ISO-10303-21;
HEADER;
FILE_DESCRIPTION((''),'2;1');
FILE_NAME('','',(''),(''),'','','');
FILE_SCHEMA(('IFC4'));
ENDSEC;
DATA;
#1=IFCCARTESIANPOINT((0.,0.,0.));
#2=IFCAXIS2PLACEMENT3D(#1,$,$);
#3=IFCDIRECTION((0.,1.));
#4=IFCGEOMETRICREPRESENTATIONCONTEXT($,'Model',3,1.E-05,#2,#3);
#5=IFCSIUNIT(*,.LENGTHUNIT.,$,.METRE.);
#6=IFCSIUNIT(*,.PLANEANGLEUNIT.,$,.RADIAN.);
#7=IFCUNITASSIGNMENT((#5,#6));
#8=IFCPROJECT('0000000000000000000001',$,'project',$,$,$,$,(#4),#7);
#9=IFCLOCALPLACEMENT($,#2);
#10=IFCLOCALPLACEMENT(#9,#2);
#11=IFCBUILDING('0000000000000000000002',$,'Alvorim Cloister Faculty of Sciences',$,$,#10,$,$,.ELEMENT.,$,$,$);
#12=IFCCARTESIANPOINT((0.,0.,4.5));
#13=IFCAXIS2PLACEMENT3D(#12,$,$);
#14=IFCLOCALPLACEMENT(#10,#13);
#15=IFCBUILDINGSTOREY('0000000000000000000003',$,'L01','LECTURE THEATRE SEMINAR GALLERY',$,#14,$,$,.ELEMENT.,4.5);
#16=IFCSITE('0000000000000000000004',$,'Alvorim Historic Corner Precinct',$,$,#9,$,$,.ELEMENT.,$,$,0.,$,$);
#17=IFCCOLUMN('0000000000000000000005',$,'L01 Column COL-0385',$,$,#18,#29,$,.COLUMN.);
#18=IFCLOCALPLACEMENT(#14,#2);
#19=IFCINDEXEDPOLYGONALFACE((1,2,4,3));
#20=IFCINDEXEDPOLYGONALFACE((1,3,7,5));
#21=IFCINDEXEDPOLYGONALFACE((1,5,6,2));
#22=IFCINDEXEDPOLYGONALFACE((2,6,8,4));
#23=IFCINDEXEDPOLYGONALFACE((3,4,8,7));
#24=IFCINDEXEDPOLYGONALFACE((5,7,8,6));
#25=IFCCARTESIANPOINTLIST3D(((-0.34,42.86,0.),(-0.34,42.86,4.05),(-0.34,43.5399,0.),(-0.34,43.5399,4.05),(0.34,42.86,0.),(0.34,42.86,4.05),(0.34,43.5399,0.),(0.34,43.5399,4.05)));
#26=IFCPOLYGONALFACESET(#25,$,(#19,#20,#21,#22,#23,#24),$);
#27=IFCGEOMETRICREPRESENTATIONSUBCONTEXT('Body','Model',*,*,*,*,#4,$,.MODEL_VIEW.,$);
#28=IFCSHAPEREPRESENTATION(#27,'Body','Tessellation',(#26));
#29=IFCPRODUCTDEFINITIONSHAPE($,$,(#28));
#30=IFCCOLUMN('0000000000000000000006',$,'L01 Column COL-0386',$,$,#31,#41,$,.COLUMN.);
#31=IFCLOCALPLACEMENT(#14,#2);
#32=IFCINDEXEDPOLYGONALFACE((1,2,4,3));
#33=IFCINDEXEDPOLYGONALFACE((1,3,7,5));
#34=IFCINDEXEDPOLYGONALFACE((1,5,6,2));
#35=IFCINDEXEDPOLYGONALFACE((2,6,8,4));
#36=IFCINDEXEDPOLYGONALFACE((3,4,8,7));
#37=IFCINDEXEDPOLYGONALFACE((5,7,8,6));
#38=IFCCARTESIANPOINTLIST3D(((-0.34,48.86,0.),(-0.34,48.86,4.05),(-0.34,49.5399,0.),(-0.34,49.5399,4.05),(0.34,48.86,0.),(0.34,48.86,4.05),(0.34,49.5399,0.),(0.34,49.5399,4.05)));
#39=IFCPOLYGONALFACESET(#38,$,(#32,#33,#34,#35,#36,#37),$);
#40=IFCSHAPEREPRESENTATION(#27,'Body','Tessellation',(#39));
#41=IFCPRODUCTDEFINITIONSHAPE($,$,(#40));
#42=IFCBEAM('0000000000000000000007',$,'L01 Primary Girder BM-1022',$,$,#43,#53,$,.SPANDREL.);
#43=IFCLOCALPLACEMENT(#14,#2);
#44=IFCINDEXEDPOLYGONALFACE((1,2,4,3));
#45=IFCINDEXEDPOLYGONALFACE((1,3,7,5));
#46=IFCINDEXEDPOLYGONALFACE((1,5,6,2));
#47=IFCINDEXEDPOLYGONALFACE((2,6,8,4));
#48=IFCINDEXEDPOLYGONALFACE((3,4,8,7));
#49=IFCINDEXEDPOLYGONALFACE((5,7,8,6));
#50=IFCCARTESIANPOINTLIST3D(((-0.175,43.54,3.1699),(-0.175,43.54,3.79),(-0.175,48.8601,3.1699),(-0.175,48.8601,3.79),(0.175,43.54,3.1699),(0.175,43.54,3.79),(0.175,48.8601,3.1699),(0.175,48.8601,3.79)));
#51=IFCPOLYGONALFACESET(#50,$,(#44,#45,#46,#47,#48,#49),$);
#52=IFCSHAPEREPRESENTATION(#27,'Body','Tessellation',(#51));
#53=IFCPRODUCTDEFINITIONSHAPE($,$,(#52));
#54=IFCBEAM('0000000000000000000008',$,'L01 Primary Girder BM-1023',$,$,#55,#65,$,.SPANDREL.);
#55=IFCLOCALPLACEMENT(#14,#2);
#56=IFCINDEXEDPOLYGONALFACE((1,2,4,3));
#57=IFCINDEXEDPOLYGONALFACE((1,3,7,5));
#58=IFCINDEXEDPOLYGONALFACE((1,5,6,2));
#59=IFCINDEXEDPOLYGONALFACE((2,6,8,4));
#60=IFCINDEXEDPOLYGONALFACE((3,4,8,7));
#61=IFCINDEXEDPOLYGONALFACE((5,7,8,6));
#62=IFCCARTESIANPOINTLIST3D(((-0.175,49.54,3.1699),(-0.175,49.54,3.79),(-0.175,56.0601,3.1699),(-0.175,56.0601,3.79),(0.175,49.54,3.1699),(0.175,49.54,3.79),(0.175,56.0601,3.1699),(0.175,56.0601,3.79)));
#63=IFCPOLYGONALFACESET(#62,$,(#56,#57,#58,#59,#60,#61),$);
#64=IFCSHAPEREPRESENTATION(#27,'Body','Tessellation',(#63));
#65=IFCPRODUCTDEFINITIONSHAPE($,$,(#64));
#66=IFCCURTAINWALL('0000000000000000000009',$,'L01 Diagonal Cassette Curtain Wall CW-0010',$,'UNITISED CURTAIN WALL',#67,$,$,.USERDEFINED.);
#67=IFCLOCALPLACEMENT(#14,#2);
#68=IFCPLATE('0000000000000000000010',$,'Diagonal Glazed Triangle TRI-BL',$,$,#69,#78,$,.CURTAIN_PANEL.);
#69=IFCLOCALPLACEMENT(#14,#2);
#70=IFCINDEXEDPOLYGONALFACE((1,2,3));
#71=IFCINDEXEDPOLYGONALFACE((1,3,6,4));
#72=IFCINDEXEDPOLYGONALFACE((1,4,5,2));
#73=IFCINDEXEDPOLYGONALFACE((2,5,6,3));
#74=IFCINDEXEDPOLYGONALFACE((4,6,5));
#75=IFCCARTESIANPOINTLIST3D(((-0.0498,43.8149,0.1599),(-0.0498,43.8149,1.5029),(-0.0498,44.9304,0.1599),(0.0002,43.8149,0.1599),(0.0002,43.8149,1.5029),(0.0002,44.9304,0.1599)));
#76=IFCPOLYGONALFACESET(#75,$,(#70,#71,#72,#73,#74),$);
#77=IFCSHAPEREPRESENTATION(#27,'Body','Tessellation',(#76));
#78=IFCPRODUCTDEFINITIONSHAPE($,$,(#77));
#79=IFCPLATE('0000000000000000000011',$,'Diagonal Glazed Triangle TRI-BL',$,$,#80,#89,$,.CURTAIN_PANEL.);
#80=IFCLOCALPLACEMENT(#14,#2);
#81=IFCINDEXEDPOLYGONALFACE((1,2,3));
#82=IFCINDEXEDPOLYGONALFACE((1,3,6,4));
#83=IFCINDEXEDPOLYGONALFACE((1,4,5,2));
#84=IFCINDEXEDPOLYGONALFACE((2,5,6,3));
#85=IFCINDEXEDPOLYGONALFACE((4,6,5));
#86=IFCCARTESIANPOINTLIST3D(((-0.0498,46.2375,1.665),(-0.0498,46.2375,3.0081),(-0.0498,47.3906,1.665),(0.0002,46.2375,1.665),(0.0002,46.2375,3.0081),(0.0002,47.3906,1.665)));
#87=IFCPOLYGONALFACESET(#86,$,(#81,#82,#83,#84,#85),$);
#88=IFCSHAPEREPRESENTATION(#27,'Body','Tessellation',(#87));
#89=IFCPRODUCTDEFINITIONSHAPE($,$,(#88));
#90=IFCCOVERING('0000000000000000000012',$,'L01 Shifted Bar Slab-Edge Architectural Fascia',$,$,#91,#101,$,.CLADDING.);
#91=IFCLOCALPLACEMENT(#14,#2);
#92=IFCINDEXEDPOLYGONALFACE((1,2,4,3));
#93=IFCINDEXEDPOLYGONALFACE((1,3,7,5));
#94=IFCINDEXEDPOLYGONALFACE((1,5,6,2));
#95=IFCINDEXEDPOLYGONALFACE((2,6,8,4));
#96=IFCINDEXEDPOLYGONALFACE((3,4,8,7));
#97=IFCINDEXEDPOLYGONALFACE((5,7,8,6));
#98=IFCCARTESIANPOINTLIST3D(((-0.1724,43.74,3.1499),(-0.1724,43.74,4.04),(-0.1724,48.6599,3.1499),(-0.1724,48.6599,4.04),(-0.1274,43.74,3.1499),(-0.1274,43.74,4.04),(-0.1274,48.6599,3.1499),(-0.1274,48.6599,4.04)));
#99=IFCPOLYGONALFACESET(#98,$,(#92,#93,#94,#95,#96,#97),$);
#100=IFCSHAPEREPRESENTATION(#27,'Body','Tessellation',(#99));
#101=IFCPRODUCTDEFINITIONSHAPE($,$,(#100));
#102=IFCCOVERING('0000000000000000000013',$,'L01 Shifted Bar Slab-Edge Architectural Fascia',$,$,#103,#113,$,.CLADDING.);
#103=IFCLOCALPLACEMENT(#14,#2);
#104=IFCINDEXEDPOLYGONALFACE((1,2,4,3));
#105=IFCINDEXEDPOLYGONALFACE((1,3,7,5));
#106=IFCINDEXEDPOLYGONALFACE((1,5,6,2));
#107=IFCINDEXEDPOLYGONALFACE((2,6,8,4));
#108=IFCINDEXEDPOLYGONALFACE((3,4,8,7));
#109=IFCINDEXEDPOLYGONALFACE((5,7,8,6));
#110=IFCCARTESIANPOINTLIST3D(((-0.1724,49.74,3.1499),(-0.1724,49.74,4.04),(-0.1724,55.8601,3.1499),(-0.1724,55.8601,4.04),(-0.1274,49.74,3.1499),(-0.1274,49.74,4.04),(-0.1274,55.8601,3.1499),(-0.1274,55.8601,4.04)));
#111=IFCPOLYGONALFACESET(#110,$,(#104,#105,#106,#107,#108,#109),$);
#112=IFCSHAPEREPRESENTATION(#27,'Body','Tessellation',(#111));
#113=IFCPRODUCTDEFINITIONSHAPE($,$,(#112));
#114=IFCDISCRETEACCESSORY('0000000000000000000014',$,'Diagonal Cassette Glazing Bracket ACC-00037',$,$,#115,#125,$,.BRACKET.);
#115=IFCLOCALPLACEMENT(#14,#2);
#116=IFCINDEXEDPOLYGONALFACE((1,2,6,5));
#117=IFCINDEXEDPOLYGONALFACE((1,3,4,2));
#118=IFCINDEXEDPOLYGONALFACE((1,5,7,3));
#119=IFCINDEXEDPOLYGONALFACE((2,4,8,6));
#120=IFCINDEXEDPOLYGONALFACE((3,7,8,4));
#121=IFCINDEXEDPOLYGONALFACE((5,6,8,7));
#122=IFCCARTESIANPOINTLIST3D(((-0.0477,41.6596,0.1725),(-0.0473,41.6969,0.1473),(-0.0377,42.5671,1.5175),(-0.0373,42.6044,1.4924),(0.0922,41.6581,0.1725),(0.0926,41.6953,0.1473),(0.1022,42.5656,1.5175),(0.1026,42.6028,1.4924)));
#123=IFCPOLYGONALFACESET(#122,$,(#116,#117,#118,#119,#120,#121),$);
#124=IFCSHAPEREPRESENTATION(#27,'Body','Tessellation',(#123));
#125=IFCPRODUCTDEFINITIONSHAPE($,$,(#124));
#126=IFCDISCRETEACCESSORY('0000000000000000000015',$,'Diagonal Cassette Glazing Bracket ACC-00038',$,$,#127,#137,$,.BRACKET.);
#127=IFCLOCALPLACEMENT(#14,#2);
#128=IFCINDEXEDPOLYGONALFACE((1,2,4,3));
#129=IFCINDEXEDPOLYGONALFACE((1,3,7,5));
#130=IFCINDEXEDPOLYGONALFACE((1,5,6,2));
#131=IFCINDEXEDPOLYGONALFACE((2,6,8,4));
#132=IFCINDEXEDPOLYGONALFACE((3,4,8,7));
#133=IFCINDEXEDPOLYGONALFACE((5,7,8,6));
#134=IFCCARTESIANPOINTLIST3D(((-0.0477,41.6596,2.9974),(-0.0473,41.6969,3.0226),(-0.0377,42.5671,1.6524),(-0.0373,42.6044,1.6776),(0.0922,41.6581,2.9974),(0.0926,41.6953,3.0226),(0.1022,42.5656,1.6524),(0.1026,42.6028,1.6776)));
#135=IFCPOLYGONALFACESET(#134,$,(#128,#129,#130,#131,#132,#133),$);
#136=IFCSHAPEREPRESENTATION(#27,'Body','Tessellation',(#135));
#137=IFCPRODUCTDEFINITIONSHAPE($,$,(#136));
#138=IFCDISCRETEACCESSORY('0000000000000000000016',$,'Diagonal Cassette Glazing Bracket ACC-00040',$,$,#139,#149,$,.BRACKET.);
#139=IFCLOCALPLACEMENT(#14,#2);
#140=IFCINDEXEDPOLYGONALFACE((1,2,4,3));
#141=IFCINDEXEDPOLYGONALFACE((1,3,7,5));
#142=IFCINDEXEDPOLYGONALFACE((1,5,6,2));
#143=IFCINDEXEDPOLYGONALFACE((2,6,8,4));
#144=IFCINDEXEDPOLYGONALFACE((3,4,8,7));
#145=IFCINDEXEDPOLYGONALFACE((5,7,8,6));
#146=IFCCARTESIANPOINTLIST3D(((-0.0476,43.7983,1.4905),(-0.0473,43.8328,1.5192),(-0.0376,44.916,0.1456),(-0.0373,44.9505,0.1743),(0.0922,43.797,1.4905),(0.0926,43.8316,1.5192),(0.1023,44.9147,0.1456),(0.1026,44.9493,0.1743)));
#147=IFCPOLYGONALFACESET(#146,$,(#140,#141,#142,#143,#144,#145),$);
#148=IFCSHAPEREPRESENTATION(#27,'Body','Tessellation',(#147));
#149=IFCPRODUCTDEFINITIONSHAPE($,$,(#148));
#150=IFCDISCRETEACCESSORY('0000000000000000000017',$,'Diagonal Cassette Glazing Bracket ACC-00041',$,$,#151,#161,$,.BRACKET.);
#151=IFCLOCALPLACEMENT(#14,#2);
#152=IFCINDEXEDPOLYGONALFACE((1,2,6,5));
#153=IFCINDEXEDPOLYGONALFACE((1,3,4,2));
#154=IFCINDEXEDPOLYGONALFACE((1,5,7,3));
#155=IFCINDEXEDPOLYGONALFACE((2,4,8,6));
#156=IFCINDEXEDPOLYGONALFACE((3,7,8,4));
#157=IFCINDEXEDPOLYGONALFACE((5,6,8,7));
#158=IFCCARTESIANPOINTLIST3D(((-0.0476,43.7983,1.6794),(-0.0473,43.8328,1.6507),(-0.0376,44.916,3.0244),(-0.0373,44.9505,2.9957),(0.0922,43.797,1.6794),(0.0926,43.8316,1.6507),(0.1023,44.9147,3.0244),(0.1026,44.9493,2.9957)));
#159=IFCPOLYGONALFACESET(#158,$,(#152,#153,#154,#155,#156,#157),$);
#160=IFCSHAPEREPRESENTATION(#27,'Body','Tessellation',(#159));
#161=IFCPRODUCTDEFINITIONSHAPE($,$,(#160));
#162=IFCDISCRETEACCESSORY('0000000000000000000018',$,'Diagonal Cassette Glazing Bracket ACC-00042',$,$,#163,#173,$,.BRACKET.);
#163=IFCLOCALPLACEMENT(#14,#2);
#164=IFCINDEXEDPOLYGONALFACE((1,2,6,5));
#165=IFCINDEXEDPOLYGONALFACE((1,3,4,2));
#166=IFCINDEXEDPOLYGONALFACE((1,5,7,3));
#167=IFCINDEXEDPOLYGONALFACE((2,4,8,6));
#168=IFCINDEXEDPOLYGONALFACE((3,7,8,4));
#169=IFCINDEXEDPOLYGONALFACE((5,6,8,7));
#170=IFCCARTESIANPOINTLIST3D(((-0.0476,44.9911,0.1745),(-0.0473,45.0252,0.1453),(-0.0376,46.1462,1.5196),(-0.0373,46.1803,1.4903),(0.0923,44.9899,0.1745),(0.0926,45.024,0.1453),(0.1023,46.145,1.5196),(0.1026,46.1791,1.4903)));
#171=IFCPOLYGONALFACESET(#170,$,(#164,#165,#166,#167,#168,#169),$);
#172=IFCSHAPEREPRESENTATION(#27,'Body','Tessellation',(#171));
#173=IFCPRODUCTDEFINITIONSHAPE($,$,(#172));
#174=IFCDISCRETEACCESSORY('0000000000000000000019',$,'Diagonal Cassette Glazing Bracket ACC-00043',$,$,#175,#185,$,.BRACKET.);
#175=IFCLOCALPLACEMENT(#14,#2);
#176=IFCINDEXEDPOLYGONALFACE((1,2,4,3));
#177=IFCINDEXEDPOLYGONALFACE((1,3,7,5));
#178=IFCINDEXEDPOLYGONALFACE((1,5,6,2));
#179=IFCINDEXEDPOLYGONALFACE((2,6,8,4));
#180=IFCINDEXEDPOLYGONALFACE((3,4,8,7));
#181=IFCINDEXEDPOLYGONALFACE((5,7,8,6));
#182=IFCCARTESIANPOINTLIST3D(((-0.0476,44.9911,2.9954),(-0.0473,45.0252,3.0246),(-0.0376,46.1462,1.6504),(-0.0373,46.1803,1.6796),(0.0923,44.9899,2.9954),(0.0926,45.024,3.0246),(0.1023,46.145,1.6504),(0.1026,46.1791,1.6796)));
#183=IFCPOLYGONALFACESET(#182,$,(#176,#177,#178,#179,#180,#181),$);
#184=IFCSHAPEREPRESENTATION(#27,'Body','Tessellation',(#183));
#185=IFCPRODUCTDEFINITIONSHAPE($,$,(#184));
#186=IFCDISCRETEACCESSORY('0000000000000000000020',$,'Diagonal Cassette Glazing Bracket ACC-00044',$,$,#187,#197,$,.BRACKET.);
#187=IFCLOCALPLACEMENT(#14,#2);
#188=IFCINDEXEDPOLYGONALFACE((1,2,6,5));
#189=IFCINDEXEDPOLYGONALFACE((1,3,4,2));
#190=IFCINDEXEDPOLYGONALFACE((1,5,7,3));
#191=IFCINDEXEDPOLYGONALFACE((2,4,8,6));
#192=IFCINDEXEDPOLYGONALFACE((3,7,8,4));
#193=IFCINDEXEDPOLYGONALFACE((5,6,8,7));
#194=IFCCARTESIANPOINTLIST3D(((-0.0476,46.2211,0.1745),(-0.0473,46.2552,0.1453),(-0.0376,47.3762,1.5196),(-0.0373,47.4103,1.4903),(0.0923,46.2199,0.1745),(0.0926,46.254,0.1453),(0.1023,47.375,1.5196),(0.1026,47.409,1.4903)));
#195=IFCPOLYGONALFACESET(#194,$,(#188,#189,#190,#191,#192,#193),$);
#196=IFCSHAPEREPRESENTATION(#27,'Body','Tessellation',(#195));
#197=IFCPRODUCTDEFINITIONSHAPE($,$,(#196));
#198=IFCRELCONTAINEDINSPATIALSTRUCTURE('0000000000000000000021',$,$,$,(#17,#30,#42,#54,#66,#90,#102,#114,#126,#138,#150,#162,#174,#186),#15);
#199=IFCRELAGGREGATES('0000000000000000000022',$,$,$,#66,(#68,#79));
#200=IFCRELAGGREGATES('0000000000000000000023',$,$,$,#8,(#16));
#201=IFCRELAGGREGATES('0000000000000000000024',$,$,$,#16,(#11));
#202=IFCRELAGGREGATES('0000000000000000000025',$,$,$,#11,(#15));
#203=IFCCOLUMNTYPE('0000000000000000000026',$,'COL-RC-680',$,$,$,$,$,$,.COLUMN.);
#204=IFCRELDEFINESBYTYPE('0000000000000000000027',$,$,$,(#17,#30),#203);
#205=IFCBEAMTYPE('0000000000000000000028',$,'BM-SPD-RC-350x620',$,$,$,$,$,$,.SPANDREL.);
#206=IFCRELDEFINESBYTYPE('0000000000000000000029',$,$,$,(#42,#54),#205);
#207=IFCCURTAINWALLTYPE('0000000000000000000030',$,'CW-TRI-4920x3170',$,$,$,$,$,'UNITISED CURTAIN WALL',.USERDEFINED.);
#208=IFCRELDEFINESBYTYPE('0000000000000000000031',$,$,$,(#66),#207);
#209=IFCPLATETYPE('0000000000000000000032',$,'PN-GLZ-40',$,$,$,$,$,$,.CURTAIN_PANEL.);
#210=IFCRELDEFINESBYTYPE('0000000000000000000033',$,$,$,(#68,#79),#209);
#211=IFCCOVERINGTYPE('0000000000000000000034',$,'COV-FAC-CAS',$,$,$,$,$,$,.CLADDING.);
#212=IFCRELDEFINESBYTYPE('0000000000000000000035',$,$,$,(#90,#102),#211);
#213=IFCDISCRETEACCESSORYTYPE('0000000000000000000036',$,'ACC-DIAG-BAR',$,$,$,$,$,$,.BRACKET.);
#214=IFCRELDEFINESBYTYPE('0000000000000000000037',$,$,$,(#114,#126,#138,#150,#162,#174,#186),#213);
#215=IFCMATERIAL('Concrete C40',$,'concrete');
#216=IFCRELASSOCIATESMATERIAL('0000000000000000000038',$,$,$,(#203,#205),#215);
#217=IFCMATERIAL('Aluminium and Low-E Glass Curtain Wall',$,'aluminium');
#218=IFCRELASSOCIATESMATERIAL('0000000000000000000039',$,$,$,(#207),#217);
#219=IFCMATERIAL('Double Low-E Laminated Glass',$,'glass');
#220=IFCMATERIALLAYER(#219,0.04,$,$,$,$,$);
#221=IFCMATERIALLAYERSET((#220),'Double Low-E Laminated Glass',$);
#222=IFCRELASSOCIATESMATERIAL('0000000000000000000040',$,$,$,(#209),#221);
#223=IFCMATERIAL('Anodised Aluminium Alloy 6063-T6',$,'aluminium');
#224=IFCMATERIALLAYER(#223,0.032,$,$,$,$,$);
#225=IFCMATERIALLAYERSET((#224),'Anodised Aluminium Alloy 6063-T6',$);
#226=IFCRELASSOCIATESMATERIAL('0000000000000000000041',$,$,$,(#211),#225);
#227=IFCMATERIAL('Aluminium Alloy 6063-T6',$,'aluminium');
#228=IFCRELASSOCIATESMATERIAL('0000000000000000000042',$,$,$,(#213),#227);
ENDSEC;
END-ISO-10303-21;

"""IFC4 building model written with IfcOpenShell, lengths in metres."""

from ifc_helpers import new_model, si_unit, direction, frame, origin, origin_2d, place, context, subcontext, project, spatial, polyline, rectangle, outline, extrude, material, layer, layer_set, material_profile, profile_set, type_object, element, aggregate, save


model = new_model("IFC4")

# Units and contexts
model_context = context("Model", 3, precision=1e-05, world=origin(), true_north=direction((0.0, 1.0)))
body_context = subcontext(model_context, "Body", "Model", "MODEL_VIEW")
ifc_project = project(units=[si_unit("LENGTHUNIT", "METRE"), si_unit("PLANEANGLEUNIT", "RADIAN")], contexts=[model_context])

# Site, building, storey
site_placement = place(None, origin())
site = spatial("IfcSite", under=ifc_project, at=site_placement, Name="Alvorim Historic Corner Precinct", CompositionType="ELEMENT", RefElevation=0.0)
building_placement = place(site_placement, origin())
building = spatial("IfcBuilding", under=site, at=building_placement, Name="Alvorim Cloister Faculty of Sciences", CompositionType="ELEMENT")
storey_placement = place(building_placement, frame((0.0, 0.0, 4.5)))
storey = spatial("IfcBuildingStorey", under=building, at=storey_placement, Name="L01", Description="LECTURE THEATRE SEMINAR GALLERY", CompositionType="ELEMENT", Elevation=4.5)

# Columns
ifc_material_1 = material(Name="Concrete C40", Category="concrete")
ifc_material_profile_1 = material_profile(ifc_material_1, rectangle(XDim=0.6799, YDim=0.6799, at=origin_2d()), Name="RC40-COL-680x680")
ifc_profile_set_1 = profile_set([ifc_material_profile_1], Name="Concrete C40")
column_type = type_object("IfcColumnType", Name="COL-RC-680", PredefinedType="COLUMN", material=ifc_profile_set_1)
for number, where, z_axis, x_axis, name in (
    (1, (0.0, 43.2, 0.0), (0.0, 0.0, 1.0), (1.0, 0.0, 0.0), "L01 Column COL-0385"),
    (2, (0.0, 49.2, 0.0), (0.0, 0.0, 1.0), (1.0, 0.0, 0.0), "L01 Column COL-0386"),
):
    element("IfcColumn", number, at=place(storey_placement, frame(where, z_axis=z_axis, x_axis=x_axis)), inside=storey, type_object=column_type, Name=name, PredefinedType="COLUMN", context=body_context, shape_type="SweptSolid", body=[
        extrude(rectangle(XDim=0.6799, YDim=0.6799, at=origin_2d()), origin(), (0.0, 0.0, 1.0), 4.05),
    ])

# Beams
ifc_material_profile_2 = material_profile(ifc_material_1, rectangle(XDim=0.3501, YDim=0.6201, at=origin_2d()), Name="RC40-SPD-350x620")
ifc_profile_set_2 = profile_set([ifc_material_profile_2], Name="Concrete C40")
beam_type = type_object("IfcBeamType", Name="BM-SPD-RC-350x620", PredefinedType="SPANDREL", material=ifc_profile_set_2)
beam_1_placement = place(storey_placement, frame((0.0, 43.54, 3.48), z_axis=(0.0, 1.0, 0.0), x_axis=(-1.0, 0.0, 0.0)))
element("IfcBeam", 3, at=beam_1_placement, inside=storey, type_object=beam_type, Name="L01 Primary Girder BM-1022", PredefinedType="SPANDREL", context=body_context, shape_type="SweptSolid", body=[
    extrude(rectangle(XDim=0.3501, YDim=0.6201, at=origin_2d()), origin(), (0.0, 0.0, 1.0), 5.3201),
])
beam_2_placement = place(storey_placement, frame((0.0, 49.54, 3.48), z_axis=(0.0, 1.0, 0.0), x_axis=(-1.0, 0.0, 0.0)))
element("IfcBeam", 4, at=beam_2_placement, inside=storey, type_object=beam_type, Name="L01 Primary Girder BM-1023", PredefinedType="SPANDREL", context=body_context, shape_type="SweptSolid", body=[
    extrude(rectangle(XDim=0.3501, YDim=0.6201, at=origin_2d()), origin(), (0.0, 0.0, 1.0), 6.52),
])

# Curtain wall, plates
ifc_material_2 = material(Name="Aluminium and Low-E Glass Curtain Wall", Category="aluminium")
curtain_wall_type = type_object("IfcCurtainWallType", Name="CW-TRI-4920x3170", ElementType="UNITISED CURTAIN WALL", PredefinedType="USERDEFINED", material=ifc_material_2)
curtain_wall_placement = place(storey_placement, origin())
curtain_wall = element("IfcCurtainWall", 5, at=curtain_wall_placement, inside=storey, type_object=curtain_wall_type, Name="L01 Diagonal Cassette Curtain Wall CW-0010", ObjectType="UNITISED CURTAIN WALL", PredefinedType="USERDEFINED")
ifc_material_3 = material(Name="Double Low-E Laminated Glass", Category="glass")
ifc_layer_1 = layer(ifc_material_3, 0.04)
ifc_layer_set_1 = layer_set([ifc_layer_1], Name="Double Low-E Laminated Glass")
plate_type = type_object("IfcPlateType", Name="PN-GLZ-40", PredefinedType="CURTAIN_PANEL", material=ifc_layer_set_1)
plate_1_placement = place(storey_placement, frame((-0.0249, 43.8149, 0.1599), z_axis=(0.0, 0.0, 1.0), x_axis=(0.0, 1.0, 0.0)))
plate_1 = element("IfcPlate", 6, at=plate_1_placement, type_object=plate_type, Name="Diagonal Glazed Triangle TRI-BL", PredefinedType="CURTAIN_PANEL", context=body_context, shape_type="SweptSolid", body=[
    extrude(outline(polyline([(0.0, 0.0), (1.1155, 0.0), (0.0, 1.343), (0.0, 0.0)])), frame((0.0, 0.0249, 0.0), z_axis=(0.0, -1.0, 0.0), x_axis=(1.0, 0.0, 0.0)), (0.0, 0.0, 1.0), 0.05),
])
plate_2_placement = place(storey_placement, frame((-0.0249, 46.2375, 1.665), z_axis=(0.0, 0.0, 1.0), x_axis=(0.0, 1.0, 0.0)))
plate_2 = element("IfcPlate", 7, at=plate_2_placement, type_object=plate_type, Name="Diagonal Glazed Triangle TRI-BL", PredefinedType="CURTAIN_PANEL", context=body_context, shape_type="SweptSolid", body=[
    extrude(outline(polyline([(0.0, 0.0), (1.1531, 0.0), (0.0, 1.343), (0.0, 0.0)])), frame((0.0, 0.0249, 0.0), z_axis=(0.0, -1.0, 0.0), x_axis=(1.0, 0.0, 0.0)), (0.0, 0.0, 1.0), 0.05),
])
aggregate(curtain_wall, [plate_1, plate_2])

# Coverings
ifc_material_4 = material(Name="Anodised Aluminium Alloy 6063-T6", Category="aluminium")
ifc_layer_2 = layer(ifc_material_4, 0.032)
ifc_layer_set_2 = layer_set([ifc_layer_2], Name="Anodised Aluminium Alloy 6063-T6")
covering_type = type_object("IfcCoveringType", Name="COV-FAC-CAS", PredefinedType="CLADDING", material=ifc_layer_set_2)
covering_1_placement = place(storey_placement, frame((-0.1499, 43.74, 3.1499), z_axis=(0.0, 0.0, 1.0), x_axis=(0.0, 1.0, 0.0)))
element("IfcCovering", 8, at=covering_1_placement, inside=storey, type_object=covering_type, Name="L01 Shifted Bar Slab-Edge Architectural Fascia", PredefinedType="CLADDING", context=body_context, shape_type="SweptSolid", body=[
    extrude(outline(polyline([(0.0, 0.0), (4.9199, 0.0), (4.9199, 0.8901), (0.0, 0.8901), (0.0, 0.0)])), frame((0.0, 0.0225, 0.0), z_axis=(0.0, -1.0, 0.0), x_axis=(1.0, 0.0, 0.0)), (0.0, 0.0, 1.0), 0.0449),
])
covering_2_placement = place(storey_placement, frame((-0.1499, 49.74, 3.1499), z_axis=(0.0, 0.0, 1.0), x_axis=(0.0, 1.0, 0.0)))
element("IfcCovering", 9, at=covering_2_placement, inside=storey, type_object=covering_type, Name="L01 Shifted Bar Slab-Edge Architectural Fascia", PredefinedType="CLADDING", context=body_context, shape_type="SweptSolid", body=[
    extrude(outline(polyline([(0.0, 0.0), (6.1201, 0.0), (6.1201, 0.8901), (0.0, 0.8901), (0.0, 0.0)])), frame((0.0, 0.0225, 0.0), z_axis=(0.0, -1.0, 0.0), x_axis=(1.0, 0.0, 0.0)), (0.0, 0.0, 1.0), 0.0449),
])

# Discrete accessories
ifc_material_5 = material(Name="Aluminium Alloy 6063-T6", Category="aluminium")
discrete_accessory_type = type_object("IfcDiscreteAccessoryType", Name="ACC-DIAG-BAR", PredefinedType="BRACKET", material=ifc_material_5)
for number, where, z_axis, x_axis, name in (
    (10, (0.0225, 41.6775, 0.1599), (0.006169, 0.559299, 0.828943), (-0.999939, 0.01103, 0.0), "Diagonal Cassette Glazing Bracket ACC-00037"),
    (11, (0.0225, 41.6775, 3.01), (0.006169, 0.559299, -0.828943), (-0.999939, 0.01103, 0.0), "Diagonal Cassette Glazing Bracket ACC-00038"),
):
    element("IfcDiscreteAccessory", number, at=place(storey_placement, frame(where, z_axis=z_axis, x_axis=x_axis)), inside=storey, type_object=discrete_accessory_type, Name=name, PredefinedType="BRACKET", context=body_context, shape_type="SweptSolid", body=[
        extrude(rectangle(XDim=0.1399, YDim=0.0449, at=origin_2d()), origin(), (0.0, 0.0, 1.0), 1.6226),
    ])
for number, where, z_axis, x_axis, name in (
    (12, (0.0225, 43.8149, 1.5049), (0.005724, 0.639116, -0.769089), (-0.99996, 0.008956, 0.0), "Diagonal Cassette Glazing Bracket ACC-00040"),
    (13, (0.0225, 43.8149, 1.665), (0.005724, 0.639116, 0.769089), (-0.99996, 0.008956, 0.0), "Diagonal Cassette Glazing Bracket ACC-00041"),
):
    element("IfcDiscreteAccessory", number, at=place(storey_placement, frame(where, z_axis=z_axis, x_axis=x_axis)), inside=storey, type_object=discrete_accessory_type, Name=name, PredefinedType="BRACKET", context=body_context, shape_type="SweptSolid", body=[
        extrude(rectangle(XDim=0.1399, YDim=0.0449, at=origin_2d()), origin(), (0.0, 0.0, 1.0), 1.7488),
    ])
for number, where, z_axis, x_axis, name in (
    (14, (0.0225, 45.0076, 0.1599), (0.005646, 0.651495, 0.758632), (-0.999962, 0.008666, 0.0), "Diagonal Cassette Glazing Bracket ACC-00042"),
    (15, (0.0225, 45.0076, 3.01), (0.005646, 0.651495, -0.758632), (-0.999962, 0.008666, 0.0), "Diagonal Cassette Glazing Bracket ACC-00043"),
    (16, (0.0225, 46.2375, 0.1599), (0.005646, 0.651495, 0.758632), (-0.999962, 0.008666, 0.0), "Diagonal Cassette Glazing Bracket ACC-00044"),
):
    element("IfcDiscreteAccessory", number, at=place(storey_placement, frame(where, z_axis=z_axis, x_axis=x_axis)), inside=storey, type_object=discrete_accessory_type, Name=name, PredefinedType="BRACKET", context=body_context, shape_type="SweptSolid", body=[
        extrude(rectangle(XDim=0.1399, YDim=0.0449, at=origin_2d()), origin(), (0.0, 0.0, 1.0), 1.7729),
    ])

save(model, "model.ifc")
